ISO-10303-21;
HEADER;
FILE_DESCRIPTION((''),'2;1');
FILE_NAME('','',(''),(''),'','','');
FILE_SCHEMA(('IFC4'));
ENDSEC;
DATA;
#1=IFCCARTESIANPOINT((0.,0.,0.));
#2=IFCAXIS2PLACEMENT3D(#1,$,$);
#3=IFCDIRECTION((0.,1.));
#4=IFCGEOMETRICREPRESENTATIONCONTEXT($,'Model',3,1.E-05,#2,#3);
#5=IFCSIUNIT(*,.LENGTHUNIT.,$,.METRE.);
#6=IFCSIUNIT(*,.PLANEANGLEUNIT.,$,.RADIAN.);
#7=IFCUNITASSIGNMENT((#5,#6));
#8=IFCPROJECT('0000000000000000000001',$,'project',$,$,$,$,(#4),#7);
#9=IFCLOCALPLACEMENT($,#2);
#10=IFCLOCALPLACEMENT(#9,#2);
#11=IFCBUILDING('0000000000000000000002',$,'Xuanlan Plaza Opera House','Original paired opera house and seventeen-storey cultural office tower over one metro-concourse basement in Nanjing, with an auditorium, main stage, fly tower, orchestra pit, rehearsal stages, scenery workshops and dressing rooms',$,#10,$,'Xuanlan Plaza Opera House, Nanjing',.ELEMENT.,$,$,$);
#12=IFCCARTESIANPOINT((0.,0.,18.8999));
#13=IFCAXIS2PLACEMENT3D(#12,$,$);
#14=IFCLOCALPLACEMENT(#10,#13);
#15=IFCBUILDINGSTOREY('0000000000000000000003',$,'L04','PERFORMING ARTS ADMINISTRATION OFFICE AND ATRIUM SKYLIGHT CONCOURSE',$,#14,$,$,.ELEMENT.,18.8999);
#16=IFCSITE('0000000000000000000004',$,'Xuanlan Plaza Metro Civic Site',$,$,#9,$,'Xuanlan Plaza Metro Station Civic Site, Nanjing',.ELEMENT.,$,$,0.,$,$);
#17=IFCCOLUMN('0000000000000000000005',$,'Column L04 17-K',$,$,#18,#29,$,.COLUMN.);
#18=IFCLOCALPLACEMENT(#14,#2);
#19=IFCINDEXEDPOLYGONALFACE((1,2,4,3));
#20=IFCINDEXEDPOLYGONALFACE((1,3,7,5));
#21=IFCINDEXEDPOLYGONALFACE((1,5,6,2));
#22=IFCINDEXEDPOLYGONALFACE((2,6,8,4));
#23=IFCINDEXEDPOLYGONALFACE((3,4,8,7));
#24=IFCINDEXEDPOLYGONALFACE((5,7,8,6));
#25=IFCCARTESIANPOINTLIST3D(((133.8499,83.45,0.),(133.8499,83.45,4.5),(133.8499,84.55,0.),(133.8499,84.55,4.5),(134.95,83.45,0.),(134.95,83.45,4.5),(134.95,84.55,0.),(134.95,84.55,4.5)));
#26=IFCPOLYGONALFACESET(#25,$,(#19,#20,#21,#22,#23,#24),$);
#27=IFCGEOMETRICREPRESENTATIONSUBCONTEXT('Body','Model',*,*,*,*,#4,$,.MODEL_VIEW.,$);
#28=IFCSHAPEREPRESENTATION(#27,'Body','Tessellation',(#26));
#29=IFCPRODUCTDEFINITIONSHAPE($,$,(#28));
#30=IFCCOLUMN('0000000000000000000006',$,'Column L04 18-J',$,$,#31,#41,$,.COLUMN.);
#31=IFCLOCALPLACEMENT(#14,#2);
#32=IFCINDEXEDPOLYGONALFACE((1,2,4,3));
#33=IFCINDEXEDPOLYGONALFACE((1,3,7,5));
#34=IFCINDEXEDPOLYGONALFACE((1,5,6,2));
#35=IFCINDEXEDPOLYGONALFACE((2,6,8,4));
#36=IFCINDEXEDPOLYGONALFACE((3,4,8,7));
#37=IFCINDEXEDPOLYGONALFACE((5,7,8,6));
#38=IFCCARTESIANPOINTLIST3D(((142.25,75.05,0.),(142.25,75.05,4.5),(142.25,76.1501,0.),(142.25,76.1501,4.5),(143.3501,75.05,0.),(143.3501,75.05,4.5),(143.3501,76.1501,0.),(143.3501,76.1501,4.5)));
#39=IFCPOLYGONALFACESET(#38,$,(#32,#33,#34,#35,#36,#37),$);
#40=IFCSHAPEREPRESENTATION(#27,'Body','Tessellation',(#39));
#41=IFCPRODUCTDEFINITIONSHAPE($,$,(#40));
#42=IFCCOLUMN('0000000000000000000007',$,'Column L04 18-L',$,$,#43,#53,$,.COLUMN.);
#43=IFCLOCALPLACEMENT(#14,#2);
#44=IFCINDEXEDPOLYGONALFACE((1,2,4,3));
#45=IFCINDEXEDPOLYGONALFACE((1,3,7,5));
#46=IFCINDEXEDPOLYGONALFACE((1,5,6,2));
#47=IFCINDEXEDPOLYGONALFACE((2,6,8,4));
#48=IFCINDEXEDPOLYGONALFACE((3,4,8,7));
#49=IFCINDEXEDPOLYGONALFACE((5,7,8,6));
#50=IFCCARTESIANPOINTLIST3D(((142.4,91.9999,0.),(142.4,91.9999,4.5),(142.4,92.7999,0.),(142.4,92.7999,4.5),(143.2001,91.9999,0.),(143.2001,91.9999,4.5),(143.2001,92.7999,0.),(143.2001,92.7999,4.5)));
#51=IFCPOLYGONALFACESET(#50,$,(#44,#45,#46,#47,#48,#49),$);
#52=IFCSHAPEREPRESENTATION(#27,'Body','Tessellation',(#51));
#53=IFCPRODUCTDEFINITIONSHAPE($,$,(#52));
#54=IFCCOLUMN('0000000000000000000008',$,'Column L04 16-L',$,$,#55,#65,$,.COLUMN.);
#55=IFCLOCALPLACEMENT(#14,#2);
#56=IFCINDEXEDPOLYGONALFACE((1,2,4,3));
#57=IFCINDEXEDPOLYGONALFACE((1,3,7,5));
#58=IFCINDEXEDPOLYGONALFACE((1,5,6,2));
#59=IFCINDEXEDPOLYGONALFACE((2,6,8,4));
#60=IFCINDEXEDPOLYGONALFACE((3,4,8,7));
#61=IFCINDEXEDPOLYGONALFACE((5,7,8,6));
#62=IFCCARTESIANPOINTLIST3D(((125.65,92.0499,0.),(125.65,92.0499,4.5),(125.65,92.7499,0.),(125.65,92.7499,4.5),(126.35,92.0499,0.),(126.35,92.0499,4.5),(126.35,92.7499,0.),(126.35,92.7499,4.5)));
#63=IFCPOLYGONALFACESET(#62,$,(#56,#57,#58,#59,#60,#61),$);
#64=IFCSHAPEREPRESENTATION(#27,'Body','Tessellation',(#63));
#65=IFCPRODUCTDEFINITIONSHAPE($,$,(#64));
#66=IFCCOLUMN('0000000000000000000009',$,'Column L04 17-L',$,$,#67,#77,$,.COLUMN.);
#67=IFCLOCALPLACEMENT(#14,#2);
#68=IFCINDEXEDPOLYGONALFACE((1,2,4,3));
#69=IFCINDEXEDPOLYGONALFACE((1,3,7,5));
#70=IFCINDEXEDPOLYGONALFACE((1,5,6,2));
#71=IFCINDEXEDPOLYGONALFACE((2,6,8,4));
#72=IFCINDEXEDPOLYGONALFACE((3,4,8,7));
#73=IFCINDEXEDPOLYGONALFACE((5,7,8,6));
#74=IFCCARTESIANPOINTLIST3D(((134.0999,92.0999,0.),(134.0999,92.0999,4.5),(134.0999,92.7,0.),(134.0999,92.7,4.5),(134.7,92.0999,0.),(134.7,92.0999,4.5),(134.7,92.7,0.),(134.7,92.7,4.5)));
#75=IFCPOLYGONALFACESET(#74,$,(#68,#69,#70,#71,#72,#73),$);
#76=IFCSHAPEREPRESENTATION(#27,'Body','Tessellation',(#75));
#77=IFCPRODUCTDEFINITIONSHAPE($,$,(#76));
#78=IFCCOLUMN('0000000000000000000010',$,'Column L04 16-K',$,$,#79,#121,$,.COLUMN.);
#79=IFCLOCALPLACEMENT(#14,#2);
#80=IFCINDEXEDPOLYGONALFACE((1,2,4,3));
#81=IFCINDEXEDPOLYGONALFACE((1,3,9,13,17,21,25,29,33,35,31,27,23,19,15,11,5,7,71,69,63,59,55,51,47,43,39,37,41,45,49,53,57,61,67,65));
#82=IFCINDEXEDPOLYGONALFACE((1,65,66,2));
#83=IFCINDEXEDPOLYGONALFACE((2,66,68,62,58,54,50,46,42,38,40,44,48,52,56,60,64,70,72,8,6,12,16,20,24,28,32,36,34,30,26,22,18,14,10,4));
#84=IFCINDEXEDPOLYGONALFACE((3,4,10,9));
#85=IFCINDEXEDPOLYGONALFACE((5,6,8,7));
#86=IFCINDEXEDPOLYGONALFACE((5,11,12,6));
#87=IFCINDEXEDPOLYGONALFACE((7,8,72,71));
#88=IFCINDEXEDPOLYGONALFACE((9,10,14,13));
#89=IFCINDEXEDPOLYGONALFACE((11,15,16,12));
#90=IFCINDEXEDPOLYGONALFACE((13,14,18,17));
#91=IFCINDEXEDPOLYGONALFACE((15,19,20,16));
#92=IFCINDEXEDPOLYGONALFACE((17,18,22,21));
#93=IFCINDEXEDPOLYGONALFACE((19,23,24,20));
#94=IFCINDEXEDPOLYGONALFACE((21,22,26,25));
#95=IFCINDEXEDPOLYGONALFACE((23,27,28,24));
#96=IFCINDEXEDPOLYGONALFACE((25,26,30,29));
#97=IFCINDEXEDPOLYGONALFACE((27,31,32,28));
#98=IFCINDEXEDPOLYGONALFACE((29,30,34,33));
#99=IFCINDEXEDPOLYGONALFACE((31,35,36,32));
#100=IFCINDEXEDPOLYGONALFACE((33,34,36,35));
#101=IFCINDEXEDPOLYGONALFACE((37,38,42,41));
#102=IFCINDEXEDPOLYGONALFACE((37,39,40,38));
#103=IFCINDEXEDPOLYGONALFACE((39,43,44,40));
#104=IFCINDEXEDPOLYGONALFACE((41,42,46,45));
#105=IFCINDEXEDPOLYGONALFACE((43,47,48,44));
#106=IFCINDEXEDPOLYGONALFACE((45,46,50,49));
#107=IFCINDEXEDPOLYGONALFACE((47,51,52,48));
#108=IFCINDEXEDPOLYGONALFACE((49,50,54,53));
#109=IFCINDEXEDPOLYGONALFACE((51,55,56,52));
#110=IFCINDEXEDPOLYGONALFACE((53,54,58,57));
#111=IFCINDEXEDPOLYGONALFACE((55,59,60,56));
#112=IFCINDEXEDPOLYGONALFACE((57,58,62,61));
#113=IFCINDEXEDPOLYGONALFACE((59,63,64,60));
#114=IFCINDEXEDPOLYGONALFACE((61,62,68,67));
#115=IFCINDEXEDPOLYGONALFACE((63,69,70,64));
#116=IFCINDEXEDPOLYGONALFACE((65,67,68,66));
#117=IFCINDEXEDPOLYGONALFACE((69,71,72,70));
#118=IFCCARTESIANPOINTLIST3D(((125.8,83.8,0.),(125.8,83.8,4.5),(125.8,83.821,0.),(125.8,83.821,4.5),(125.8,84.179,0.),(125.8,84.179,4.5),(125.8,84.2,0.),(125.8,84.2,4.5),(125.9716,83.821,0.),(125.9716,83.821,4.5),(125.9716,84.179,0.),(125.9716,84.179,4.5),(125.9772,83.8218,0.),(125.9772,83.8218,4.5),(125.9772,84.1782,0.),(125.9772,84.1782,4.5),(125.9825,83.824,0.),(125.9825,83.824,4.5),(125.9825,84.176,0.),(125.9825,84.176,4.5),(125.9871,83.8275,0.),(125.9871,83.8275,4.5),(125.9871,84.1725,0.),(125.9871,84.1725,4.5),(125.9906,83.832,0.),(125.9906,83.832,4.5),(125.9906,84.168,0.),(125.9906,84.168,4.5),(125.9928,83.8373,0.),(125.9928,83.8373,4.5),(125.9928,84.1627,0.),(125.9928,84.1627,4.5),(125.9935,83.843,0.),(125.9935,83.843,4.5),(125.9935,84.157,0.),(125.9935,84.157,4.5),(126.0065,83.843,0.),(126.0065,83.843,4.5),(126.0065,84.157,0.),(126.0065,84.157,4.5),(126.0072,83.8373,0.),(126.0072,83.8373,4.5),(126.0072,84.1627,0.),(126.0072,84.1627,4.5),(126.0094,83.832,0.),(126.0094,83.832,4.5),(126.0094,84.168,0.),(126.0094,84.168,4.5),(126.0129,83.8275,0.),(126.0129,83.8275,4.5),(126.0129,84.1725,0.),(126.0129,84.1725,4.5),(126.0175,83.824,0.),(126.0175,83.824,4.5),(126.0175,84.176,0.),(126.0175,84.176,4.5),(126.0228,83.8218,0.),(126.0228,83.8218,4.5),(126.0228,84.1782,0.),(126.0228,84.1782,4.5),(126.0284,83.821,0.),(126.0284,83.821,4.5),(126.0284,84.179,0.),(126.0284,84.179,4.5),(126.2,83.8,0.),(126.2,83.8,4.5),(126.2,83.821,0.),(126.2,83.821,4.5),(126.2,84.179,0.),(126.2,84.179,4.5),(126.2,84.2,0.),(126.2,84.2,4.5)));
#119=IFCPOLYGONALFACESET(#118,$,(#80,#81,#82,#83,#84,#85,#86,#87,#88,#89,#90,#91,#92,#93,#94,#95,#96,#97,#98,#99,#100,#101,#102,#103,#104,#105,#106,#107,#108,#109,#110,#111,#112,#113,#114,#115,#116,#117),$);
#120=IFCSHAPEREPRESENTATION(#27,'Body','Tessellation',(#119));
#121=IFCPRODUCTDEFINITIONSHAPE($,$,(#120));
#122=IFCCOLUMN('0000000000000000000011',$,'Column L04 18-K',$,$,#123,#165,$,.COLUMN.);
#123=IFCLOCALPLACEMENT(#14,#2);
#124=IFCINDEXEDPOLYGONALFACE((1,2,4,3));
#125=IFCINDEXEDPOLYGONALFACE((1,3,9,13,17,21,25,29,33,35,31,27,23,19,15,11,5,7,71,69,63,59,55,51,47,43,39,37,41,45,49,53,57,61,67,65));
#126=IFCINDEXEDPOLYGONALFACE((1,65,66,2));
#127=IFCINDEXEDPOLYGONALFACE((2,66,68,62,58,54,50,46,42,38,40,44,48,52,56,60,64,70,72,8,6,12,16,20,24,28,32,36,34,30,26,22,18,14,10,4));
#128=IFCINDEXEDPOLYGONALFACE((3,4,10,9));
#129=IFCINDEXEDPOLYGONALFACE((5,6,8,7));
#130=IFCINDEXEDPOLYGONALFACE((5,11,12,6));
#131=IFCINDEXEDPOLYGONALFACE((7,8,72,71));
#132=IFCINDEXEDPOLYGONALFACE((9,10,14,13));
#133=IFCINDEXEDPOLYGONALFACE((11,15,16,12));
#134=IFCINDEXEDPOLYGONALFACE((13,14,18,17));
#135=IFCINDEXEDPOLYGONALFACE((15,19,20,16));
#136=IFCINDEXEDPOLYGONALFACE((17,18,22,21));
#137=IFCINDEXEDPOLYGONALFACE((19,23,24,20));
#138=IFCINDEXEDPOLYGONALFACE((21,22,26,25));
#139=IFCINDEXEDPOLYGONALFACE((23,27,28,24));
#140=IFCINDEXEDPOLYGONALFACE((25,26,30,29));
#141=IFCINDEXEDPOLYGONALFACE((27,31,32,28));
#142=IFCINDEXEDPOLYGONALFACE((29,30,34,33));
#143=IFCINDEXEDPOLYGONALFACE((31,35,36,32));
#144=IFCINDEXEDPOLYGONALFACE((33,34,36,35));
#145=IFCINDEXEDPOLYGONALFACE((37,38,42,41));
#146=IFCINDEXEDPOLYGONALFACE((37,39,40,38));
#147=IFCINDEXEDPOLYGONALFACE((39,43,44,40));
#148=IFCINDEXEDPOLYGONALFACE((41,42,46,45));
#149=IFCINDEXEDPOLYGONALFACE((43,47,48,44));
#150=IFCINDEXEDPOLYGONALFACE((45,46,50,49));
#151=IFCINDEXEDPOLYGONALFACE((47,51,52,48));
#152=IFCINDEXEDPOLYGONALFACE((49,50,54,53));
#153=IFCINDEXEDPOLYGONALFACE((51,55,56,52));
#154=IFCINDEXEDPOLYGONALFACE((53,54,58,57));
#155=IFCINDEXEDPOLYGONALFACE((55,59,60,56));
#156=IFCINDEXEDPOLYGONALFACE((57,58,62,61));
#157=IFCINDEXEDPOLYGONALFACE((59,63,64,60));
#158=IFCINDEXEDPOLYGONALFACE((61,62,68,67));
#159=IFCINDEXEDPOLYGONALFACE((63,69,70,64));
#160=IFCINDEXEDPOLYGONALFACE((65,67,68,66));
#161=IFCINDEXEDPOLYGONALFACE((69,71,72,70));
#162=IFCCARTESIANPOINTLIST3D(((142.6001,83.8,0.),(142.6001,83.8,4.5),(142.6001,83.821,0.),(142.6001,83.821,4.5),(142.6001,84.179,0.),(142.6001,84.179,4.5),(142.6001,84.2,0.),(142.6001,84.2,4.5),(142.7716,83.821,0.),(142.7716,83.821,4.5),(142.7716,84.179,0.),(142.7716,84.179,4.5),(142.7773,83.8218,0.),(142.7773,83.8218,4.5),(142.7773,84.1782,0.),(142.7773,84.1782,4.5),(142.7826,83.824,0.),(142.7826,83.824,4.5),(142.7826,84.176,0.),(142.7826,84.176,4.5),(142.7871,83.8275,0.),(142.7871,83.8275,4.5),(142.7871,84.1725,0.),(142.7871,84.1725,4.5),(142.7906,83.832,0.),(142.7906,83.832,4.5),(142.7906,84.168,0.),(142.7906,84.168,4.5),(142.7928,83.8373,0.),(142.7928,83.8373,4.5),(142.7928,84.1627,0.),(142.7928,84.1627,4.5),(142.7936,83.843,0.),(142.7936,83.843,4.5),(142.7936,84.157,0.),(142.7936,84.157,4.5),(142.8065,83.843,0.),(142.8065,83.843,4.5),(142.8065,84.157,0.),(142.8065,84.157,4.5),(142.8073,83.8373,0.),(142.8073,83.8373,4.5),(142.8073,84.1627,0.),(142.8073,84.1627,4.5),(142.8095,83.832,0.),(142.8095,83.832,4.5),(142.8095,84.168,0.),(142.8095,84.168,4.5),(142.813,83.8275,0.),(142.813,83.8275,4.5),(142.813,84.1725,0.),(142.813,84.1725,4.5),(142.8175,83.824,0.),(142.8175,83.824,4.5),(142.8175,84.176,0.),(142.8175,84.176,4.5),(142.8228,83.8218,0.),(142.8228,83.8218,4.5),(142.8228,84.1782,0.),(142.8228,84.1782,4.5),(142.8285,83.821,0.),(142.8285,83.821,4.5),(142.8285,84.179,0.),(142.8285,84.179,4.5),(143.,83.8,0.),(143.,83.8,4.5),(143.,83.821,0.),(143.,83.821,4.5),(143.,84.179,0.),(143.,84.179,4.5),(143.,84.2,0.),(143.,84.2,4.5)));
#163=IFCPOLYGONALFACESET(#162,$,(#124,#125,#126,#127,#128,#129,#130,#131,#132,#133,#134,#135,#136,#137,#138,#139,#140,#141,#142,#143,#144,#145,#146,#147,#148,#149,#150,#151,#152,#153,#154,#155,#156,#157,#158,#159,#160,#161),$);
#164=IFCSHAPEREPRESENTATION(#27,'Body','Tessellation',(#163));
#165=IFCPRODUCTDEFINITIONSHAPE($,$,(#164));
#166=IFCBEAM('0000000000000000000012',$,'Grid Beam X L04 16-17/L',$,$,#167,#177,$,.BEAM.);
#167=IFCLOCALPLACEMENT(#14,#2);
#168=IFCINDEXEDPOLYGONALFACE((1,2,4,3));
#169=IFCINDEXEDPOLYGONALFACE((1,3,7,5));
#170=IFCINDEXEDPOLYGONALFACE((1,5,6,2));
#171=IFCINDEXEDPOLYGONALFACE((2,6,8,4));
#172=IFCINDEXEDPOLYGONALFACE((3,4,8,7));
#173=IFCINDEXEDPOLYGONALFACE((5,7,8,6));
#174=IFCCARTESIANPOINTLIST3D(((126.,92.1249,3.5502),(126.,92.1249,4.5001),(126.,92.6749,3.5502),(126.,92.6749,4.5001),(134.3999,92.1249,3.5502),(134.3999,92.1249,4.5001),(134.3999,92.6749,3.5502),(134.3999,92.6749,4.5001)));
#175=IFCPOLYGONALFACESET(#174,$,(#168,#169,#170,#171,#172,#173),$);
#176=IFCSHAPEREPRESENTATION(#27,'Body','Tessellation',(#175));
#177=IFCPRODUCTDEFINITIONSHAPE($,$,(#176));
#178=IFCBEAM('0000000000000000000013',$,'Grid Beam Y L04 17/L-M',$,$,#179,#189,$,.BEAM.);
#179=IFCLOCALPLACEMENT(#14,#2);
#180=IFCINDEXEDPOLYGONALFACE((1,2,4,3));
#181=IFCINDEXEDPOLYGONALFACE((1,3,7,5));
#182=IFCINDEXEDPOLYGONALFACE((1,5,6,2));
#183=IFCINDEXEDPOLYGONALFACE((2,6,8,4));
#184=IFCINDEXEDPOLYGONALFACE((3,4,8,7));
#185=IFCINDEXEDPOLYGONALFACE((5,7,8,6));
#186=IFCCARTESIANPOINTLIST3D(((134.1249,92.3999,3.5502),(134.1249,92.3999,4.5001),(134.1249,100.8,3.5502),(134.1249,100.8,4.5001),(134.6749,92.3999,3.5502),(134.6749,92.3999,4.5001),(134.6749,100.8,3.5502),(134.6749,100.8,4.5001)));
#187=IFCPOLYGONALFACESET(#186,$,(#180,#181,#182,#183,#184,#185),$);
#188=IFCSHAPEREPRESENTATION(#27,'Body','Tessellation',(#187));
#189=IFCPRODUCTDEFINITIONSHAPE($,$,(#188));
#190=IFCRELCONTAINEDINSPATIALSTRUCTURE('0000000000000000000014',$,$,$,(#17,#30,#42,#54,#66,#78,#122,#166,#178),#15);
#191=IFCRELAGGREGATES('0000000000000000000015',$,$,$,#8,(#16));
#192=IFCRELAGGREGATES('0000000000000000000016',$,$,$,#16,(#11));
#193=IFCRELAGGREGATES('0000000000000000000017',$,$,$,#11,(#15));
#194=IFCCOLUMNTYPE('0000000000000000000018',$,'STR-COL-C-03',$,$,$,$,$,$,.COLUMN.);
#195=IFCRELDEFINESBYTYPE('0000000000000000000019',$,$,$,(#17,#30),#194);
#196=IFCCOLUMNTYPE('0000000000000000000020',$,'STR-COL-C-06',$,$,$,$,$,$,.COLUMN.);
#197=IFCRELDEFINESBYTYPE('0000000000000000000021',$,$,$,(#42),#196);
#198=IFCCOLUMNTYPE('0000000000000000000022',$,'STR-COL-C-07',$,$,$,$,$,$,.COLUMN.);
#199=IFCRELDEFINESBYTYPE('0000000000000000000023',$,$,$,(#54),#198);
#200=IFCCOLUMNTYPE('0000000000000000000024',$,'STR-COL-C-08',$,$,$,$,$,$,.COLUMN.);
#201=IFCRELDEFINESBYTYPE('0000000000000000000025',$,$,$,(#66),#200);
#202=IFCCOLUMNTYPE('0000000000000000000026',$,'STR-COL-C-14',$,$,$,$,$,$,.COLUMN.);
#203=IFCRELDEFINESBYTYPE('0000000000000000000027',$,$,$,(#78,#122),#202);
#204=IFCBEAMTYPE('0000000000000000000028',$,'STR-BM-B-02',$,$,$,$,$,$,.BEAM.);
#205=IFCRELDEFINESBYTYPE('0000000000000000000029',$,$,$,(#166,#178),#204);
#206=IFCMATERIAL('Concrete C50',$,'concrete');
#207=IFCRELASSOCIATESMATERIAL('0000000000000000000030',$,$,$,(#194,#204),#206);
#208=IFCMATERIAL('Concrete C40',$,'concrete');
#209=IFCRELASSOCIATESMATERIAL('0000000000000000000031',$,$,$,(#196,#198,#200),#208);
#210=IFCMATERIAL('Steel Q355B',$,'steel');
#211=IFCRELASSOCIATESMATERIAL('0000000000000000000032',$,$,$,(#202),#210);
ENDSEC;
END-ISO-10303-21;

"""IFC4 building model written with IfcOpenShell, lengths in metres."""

from ifc_helpers import new_model, si_unit, direction, frame, origin, origin_2d, place, context, subcontext, project, spatial, rectangle, i_section, extrude, material, material_profile, profile_set, type_object, element, save


model = new_model("IFC4")

# Units and contexts
model_context = context("Model", 3, precision=1e-05, world=origin(), true_north=direction((0.0, 1.0)))
body_context = subcontext(model_context, "Body", "Model", "MODEL_VIEW")
ifc_project = project(units=[si_unit("LENGTHUNIT", "METRE"), si_unit("PLANEANGLEUNIT", "RADIAN")], contexts=[model_context])

# Site, building, storey
site_placement = place(None, origin())
site = spatial("IfcSite", under=ifc_project, at=site_placement, Name="Xuanlan Plaza Metro Civic Site", LongName="Xuanlan Plaza Metro Station Civic Site, Nanjing", CompositionType="ELEMENT", RefElevation=0.0)
building_placement = place(site_placement, origin())
building = spatial("IfcBuilding", under=site, at=building_placement, Name="Xuanlan Plaza Opera House", Description="Original paired opera house and seventeen-storey cultural office tower over one metro-concourse basement in Nanjing, with an auditorium, main stage, fly tower, orchestra pit, rehearsal stages, scenery workshops and dressing rooms", LongName="Xuanlan Plaza Opera House, Nanjing", CompositionType="ELEMENT")
storey_placement = place(building_placement, frame((0.0, 0.0, 18.8999)))
storey = spatial("IfcBuildingStorey", under=building, at=storey_placement, Name="L04", Description="PERFORMING ARTS ADMINISTRATION OFFICE AND ATRIUM SKYLIGHT CONCOURSE", CompositionType="ELEMENT", Elevation=18.8999)

# Columns
ifc_material_1 = material(Name="Concrete C50", Category="concrete")
ifc_material_profile_1 = material_profile(ifc_material_1, rectangle(XDim=1.1001, YDim=1.1001, at=origin_2d()), Name="RC-COL 1100x1100")
ifc_profile_set_1 = profile_set([ifc_material_profile_1], Name="Concrete C50")
column_type_1 = type_object("IfcColumnType", Name="STR-COL-C-03", PredefinedType="COLUMN", material=ifc_profile_set_1)
for number, where, z_axis, x_axis, name in (
    (1, (134.3999, 84.0, 0.0), (0.0, 0.0, 1.0), (1.0, 0.0, 0.0), "Column L04 17-K"),
    (2, (142.8, 75.6001, 0.0), (0.0, 0.0, 1.0), (1.0, 0.0, 0.0), "Column L04 18-J"),
):
    element("IfcColumn", number, at=place(storey_placement, frame(where, z_axis=z_axis, x_axis=x_axis)), inside=storey, type_object=column_type_1, Name=name, PredefinedType="COLUMN", context=body_context, shape_type="SweptSolid", body=[
        extrude(rectangle(XDim=1.1001, YDim=1.1001, at=origin_2d()), origin(), (0.0, 0.0, 1.0), 4.5),
    ])
ifc_material_2 = material(Name="Concrete C40", Category="concrete")
ifc_material_profile_2 = material_profile(ifc_material_2, rectangle(XDim=0.8, YDim=0.8, at=origin_2d()), Name="RC-COL 800x800")
ifc_profile_set_2 = profile_set([ifc_material_profile_2], Name="Concrete C40")
column_type_2 = type_object("IfcColumnType", Name="STR-COL-C-06", PredefinedType="COLUMN", material=ifc_profile_set_2)
column_1_placement = place(storey_placement, frame((142.8, 92.3999, 0.0), z_axis=(0.0, 0.0, 1.0), x_axis=(1.0, 0.0, 0.0)))
element("IfcColumn", 3, at=column_1_placement, inside=storey, type_object=column_type_2, Name="Column L04 18-L", PredefinedType="COLUMN", context=body_context, shape_type="SweptSolid", body=[
    extrude(rectangle(XDim=0.8, YDim=0.8, at=origin_2d()), origin(), (0.0, 0.0, 1.0), 4.5),
])
ifc_material_profile_3 = material_profile(ifc_material_2, rectangle(XDim=0.7, YDim=0.7, at=origin_2d()), Name="RC-COL 700x700")
ifc_profile_set_3 = profile_set([ifc_material_profile_3], Name="Concrete C40")
column_type_3 = type_object("IfcColumnType", Name="STR-COL-C-07", PredefinedType="COLUMN", material=ifc_profile_set_3)
column_2_placement = place(storey_placement, frame((126.0, 92.3999, 0.0), z_axis=(0.0, 0.0, 1.0), x_axis=(1.0, 0.0, 0.0)))
element("IfcColumn", 4, at=column_2_placement, inside=storey, type_object=column_type_3, Name="Column L04 16-L", PredefinedType="COLUMN", context=body_context, shape_type="SweptSolid", body=[
    extrude(rectangle(XDim=0.7, YDim=0.7, at=origin_2d()), origin(), (0.0, 0.0, 1.0), 4.5),
])
ifc_material_profile_4 = material_profile(ifc_material_2, rectangle(XDim=0.6001, YDim=0.6001, at=origin_2d()), Name="RC-COL 600x600")
ifc_profile_set_4 = profile_set([ifc_material_profile_4], Name="Concrete C40")
column_type_4 = type_object("IfcColumnType", Name="STR-COL-C-08", PredefinedType="COLUMN", material=ifc_profile_set_4)
column_3_placement = place(storey_placement, frame((134.3999, 92.3999, 0.0), z_axis=(0.0, 0.0, 1.0), x_axis=(1.0, 0.0, 0.0)))
element("IfcColumn", 5, at=column_3_placement, inside=storey, type_object=column_type_4, Name="Column L04 17-L", PredefinedType="COLUMN", context=body_context, shape_type="SweptSolid", body=[
    extrude(rectangle(XDim=0.6001, YDim=0.6001, at=origin_2d()), origin(), (0.0, 0.0, 1.0), 4.5),
])
ifc_material_3 = material(Name="Steel Q355B", Category="steel")
ifc_material_profile_5 = material_profile(ifc_material_3, i_section(OverallWidth=0.3999, OverallDepth=0.3999, WebThickness=0.0129, FlangeThickness=0.021, FilletRadius=0.022, at=origin_2d()), Name="HW 400x400x13x21")
ifc_profile_set_5 = profile_set([ifc_material_profile_5], Name="Steel Q355B")
column_type_5 = type_object("IfcColumnType", Name="STR-COL-C-14", PredefinedType="COLUMN", material=ifc_profile_set_5)
for number, where, z_axis, x_axis, name in (
    (6, (126.0, 84.0, 0.0), (0.0, 0.0, 1.0), (1.0, 0.0, 0.0), "Column L04 16-K"),
    (7, (142.8, 84.0, 0.0), (0.0, 0.0, 1.0), (1.0, 0.0, 0.0), "Column L04 18-K"),
):
    element("IfcColumn", number, at=place(storey_placement, frame(where, z_axis=z_axis, x_axis=x_axis)), inside=storey, type_object=column_type_5, Name=name, PredefinedType="COLUMN", context=body_context, shape_type="SweptSolid", body=[
        extrude(i_section(OverallWidth=0.3999, OverallDepth=0.3999, WebThickness=0.0129, FlangeThickness=0.021, FilletRadius=0.022, at=origin_2d()), origin(), (0.0, 0.0, 1.0), 4.5),
    ])

# Beams
ifc_material_profile_6 = material_profile(ifc_material_1, rectangle(XDim=0.55, YDim=0.95, at=origin_2d()), Name="RC-BM 550x950")
ifc_profile_set_6 = profile_set([ifc_material_profile_6], Name="Concrete C50")
beam_type_1 = type_object("IfcBeamType", Name="STR-BM-B-02", PredefinedType="BEAM", material=ifc_profile_set_6)
beam_1_placement = place(storey_placement, frame((126.0, 92.3999, 4.0251), z_axis=(1.0, 0.0, 0.0), x_axis=(0.0, 1.0, 0.0)))
element("IfcBeam", 8, at=beam_1_placement, inside=storey, type_object=beam_type_1, Name="Grid Beam X L04 16-17/L", PredefinedType="BEAM", context=body_context, shape_type="SweptSolid", body=[
    extrude(rectangle(XDim=0.55, YDim=0.95, at=origin_2d()), origin(), (0.0, 0.0, 1.0), 8.3999),
])
beam_2_placement = place(storey_placement, frame((134.3999, 92.3999, 4.0251), z_axis=(0.0, 1.0, 0.0), x_axis=(-1.0, 0.0, 0.0)))
element("IfcBeam", 9, at=beam_2_placement, inside=storey, type_object=beam_type_1, Name="Grid Beam Y L04 17/L-M", PredefinedType="BEAM", context=body_context, shape_type="SweptSolid", body=[
    extrude(rectangle(XDim=0.55, YDim=0.95, at=origin_2d()), origin(), (0.0, 0.0, 1.0), 8.4001),
])

save(model, "model.ifc")
